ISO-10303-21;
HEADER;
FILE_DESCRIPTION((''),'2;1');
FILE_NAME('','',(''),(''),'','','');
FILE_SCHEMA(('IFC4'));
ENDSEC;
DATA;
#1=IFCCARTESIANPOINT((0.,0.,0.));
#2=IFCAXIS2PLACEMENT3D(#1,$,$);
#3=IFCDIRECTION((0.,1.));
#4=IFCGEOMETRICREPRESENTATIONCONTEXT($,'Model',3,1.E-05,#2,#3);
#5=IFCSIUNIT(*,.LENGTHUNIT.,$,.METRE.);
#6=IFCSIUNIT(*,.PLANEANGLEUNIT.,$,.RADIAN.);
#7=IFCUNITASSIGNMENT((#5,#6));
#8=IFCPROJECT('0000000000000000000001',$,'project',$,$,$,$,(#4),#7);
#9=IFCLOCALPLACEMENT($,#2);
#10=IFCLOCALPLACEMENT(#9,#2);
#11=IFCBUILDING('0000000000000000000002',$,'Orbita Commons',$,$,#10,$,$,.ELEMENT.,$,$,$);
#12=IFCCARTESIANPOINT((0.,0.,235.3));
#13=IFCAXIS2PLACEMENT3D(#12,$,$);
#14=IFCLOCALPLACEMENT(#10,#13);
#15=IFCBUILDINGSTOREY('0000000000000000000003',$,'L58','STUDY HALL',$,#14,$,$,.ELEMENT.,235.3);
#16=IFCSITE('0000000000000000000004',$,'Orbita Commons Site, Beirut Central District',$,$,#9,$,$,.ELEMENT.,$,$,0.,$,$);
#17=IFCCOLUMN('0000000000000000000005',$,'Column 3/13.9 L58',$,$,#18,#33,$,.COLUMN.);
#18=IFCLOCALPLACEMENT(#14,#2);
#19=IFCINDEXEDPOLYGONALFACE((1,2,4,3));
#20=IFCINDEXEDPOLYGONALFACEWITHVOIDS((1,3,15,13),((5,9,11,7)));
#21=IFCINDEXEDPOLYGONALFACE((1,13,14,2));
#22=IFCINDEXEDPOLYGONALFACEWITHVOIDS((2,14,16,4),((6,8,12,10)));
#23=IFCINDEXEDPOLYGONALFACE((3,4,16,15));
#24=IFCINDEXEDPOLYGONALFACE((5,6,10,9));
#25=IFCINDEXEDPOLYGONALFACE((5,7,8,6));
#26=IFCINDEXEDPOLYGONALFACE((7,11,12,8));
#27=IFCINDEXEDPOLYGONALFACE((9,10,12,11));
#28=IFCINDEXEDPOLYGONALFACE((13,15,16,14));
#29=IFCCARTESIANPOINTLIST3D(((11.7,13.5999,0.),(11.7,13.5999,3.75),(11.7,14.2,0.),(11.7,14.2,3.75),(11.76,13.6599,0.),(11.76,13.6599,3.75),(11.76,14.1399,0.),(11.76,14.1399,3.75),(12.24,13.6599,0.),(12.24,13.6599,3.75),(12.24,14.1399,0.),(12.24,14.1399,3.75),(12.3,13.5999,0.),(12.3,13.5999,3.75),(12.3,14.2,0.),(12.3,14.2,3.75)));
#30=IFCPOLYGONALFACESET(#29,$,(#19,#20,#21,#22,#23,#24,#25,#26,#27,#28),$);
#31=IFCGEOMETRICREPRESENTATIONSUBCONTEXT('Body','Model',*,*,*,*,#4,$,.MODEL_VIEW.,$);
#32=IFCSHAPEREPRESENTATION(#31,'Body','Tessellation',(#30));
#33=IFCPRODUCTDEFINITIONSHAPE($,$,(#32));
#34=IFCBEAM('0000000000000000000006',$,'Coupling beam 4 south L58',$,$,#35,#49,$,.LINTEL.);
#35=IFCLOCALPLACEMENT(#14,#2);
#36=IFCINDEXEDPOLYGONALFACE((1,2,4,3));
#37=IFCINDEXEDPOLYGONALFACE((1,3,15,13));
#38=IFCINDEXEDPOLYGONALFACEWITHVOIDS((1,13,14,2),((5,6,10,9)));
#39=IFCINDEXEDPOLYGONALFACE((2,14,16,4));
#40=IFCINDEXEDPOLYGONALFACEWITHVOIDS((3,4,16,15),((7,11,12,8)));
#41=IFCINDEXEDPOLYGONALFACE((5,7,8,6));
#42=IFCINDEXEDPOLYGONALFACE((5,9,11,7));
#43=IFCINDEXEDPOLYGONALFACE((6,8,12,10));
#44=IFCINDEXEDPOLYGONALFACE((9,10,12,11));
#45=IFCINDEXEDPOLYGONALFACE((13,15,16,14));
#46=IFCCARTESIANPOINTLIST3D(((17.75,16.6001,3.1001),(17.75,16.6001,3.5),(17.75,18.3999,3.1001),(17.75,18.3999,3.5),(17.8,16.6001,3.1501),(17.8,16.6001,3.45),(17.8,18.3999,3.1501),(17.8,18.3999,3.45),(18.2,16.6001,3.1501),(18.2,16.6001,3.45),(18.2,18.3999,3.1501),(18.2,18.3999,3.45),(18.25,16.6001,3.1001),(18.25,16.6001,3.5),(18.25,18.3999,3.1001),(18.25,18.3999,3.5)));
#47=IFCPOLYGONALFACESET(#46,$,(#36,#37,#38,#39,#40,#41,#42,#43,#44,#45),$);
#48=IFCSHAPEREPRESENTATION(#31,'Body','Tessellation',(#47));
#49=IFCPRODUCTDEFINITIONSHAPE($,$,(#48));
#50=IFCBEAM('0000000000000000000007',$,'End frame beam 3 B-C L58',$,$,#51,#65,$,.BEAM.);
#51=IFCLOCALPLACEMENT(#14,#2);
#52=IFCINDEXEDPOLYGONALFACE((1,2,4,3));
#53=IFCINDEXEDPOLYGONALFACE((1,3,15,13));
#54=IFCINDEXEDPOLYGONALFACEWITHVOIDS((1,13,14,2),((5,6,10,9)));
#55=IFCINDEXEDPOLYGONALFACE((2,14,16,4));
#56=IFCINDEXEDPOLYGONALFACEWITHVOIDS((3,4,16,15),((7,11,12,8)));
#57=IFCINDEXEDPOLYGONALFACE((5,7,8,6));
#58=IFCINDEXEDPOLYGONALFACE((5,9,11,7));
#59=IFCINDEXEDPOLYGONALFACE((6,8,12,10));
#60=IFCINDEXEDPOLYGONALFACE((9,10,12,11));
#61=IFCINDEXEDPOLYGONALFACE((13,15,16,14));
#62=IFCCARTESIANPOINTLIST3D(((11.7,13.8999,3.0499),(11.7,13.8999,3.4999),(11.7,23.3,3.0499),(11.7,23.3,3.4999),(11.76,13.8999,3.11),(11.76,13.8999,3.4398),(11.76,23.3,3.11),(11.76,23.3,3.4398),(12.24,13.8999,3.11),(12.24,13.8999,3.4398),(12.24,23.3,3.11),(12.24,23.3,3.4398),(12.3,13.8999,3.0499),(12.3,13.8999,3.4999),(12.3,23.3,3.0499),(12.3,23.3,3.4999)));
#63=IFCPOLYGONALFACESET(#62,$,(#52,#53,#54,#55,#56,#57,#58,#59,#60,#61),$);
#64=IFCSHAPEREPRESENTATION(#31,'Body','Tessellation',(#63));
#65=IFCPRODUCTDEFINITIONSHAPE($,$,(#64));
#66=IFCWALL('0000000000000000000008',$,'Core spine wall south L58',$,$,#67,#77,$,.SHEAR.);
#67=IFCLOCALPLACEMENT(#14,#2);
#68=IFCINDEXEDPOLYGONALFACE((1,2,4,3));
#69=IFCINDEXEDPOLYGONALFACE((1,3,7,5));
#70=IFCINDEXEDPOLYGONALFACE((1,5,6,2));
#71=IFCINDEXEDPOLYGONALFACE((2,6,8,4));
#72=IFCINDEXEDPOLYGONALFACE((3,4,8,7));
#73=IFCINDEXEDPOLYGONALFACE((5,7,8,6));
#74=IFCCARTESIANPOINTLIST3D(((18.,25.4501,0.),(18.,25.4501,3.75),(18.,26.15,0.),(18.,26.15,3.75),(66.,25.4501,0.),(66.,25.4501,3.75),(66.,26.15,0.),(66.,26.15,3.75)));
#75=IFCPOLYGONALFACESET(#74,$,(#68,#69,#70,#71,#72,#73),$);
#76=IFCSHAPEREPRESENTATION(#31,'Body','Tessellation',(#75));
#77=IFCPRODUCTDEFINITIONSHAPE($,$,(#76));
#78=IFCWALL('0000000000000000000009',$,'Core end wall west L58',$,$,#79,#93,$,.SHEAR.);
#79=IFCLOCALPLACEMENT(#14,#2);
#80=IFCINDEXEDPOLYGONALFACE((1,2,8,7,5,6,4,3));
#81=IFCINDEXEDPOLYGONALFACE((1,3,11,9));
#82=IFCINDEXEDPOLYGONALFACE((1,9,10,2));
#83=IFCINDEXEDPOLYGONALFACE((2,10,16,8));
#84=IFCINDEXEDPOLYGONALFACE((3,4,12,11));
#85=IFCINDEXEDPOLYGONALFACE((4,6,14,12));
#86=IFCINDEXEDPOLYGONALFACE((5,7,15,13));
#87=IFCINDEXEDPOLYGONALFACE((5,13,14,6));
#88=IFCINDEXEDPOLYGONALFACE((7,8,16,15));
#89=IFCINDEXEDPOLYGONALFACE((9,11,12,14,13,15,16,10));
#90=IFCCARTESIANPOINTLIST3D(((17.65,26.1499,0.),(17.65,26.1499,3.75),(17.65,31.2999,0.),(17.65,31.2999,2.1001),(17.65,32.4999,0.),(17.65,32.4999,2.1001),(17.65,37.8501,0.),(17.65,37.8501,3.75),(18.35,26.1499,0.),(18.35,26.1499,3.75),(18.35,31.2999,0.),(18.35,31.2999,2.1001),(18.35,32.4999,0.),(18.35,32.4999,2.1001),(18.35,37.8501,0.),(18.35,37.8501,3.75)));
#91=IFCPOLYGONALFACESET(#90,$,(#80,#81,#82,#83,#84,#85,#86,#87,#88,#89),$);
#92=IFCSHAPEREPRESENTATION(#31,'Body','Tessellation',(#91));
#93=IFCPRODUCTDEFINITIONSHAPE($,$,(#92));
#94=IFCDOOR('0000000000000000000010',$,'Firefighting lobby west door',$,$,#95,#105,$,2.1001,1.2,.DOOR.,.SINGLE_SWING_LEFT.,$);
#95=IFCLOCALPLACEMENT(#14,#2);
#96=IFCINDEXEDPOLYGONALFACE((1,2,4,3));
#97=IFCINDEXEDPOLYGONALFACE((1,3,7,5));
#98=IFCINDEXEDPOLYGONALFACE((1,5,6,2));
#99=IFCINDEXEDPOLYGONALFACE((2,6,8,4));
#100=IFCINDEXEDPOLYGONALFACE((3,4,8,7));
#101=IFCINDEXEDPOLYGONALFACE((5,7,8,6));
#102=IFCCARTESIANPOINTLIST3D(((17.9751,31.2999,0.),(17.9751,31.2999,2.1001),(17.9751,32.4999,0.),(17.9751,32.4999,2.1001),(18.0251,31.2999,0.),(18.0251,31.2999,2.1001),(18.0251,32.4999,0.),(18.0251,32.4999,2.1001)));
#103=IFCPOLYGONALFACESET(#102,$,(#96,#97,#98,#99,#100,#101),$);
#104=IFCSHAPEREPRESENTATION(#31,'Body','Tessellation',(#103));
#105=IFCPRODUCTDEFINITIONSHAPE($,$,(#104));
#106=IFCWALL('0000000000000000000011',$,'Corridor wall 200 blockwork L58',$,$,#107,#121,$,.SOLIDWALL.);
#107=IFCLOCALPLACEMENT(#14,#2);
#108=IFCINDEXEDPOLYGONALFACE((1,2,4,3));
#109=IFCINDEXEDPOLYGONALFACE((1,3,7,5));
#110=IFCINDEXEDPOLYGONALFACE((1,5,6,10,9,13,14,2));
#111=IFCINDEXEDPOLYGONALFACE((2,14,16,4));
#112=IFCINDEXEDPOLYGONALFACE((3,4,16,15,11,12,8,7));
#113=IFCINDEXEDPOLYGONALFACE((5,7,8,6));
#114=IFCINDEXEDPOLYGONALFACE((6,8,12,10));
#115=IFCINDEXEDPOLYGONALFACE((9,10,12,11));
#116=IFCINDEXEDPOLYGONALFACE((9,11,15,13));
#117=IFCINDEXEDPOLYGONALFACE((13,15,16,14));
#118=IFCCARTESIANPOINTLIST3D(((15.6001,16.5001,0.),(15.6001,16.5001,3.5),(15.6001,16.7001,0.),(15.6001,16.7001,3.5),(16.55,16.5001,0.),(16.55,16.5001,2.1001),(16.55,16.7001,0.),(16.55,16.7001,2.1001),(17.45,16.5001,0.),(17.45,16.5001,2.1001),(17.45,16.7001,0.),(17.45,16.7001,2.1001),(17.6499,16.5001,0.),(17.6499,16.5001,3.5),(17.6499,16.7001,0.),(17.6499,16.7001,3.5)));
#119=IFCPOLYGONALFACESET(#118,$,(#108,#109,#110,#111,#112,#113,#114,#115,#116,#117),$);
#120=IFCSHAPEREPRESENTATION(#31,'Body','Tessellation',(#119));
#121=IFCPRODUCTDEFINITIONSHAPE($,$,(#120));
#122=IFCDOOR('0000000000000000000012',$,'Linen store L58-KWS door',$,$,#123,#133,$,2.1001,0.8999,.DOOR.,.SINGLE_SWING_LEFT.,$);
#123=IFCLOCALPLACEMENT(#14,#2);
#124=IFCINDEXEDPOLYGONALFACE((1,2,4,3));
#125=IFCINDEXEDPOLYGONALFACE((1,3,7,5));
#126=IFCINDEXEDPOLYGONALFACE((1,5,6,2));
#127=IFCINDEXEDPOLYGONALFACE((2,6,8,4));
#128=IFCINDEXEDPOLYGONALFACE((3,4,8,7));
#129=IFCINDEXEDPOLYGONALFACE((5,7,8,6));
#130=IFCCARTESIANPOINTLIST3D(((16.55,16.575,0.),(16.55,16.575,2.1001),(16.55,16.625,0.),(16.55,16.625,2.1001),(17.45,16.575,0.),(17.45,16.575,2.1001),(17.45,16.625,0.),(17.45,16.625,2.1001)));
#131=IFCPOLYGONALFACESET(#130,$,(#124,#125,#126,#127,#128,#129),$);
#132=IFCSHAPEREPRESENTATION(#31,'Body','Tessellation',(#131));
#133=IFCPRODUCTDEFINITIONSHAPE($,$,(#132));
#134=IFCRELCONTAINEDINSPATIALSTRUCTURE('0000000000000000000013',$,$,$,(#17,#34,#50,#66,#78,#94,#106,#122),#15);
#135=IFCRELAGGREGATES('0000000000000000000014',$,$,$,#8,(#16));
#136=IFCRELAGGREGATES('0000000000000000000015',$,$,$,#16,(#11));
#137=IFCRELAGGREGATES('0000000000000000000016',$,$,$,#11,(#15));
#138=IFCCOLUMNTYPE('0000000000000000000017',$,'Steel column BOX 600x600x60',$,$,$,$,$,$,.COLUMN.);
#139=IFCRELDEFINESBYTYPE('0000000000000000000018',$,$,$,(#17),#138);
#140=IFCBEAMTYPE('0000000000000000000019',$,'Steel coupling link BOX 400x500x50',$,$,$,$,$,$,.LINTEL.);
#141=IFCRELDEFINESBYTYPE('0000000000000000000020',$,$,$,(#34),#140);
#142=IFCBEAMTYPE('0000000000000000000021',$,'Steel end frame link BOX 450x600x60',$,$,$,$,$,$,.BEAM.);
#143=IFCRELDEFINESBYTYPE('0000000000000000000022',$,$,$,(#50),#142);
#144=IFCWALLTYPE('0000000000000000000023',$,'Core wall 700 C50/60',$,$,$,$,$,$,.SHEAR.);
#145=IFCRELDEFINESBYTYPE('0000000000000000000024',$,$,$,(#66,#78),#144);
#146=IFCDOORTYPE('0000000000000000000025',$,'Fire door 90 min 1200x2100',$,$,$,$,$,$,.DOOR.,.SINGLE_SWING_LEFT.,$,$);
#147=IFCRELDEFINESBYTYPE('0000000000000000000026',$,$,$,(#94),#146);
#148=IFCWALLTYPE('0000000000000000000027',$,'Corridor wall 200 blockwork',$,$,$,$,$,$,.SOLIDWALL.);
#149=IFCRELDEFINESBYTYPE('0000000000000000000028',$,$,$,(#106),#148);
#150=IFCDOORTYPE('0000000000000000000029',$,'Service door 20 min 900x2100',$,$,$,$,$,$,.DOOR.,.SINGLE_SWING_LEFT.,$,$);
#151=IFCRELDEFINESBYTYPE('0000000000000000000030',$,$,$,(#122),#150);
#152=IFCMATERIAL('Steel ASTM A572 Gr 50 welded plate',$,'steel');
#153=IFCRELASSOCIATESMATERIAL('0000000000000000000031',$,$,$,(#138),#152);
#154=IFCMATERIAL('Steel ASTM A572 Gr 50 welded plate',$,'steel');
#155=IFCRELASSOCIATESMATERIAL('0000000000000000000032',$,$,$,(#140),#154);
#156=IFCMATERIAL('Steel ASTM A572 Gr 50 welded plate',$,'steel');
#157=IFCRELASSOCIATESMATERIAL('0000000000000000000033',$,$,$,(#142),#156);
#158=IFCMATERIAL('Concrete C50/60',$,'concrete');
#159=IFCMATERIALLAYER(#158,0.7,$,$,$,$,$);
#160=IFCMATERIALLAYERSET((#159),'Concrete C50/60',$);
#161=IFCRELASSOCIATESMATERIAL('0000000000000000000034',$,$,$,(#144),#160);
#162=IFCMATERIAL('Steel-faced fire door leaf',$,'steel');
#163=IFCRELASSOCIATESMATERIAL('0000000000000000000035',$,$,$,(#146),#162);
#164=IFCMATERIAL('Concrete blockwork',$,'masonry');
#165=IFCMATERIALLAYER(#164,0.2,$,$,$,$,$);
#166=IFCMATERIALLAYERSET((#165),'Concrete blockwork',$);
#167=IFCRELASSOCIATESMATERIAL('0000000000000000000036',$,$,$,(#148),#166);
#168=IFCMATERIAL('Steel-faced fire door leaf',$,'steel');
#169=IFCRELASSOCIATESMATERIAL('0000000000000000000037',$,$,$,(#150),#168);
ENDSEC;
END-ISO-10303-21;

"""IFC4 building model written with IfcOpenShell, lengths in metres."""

from ifc_helpers import new_model, si_unit, direction, frame, frame_2d, origin, origin_2d, place, context, subcontext, project, spatial, rectangle, hollow_rectangle, extrude, material, layer, layer_set, material_profile, profile_set, type_object, element, fill, save


model = new_model("IFC4")

# Units and contexts
model_context = context("Model", 3, precision=1e-05, world=origin(), true_north=direction((0.0, 1.0)))
body_context = subcontext(model_context, "Body", "Model", "MODEL_VIEW")
ifc_project = project(units=[si_unit("LENGTHUNIT", "METRE"), si_unit("PLANEANGLEUNIT", "RADIAN")], contexts=[model_context])

# Site, building, storey
site_placement = place(None, origin())
site = spatial("IfcSite", under=ifc_project, at=site_placement, Name="Orbita Commons Site, Beirut Central District", CompositionType="ELEMENT", RefElevation=0.0)
building_placement = place(site_placement, origin())
building = spatial("IfcBuilding", under=site, at=building_placement, Name="Orbita Commons", CompositionType="ELEMENT")
storey_placement = place(building_placement, frame((0.0, 0.0, 235.3)))
storey = spatial("IfcBuildingStorey", under=building, at=storey_placement, Name="L58", Description="STUDY HALL", CompositionType="ELEMENT", Elevation=235.3)

# Column
ifc_material_1 = material(Name="Steel ASTM A572 Gr 50 welded plate", Category="steel")
ifc_material_profile_1 = material_profile(ifc_material_1, hollow_rectangle(XDim=0.6001, YDim=0.6001, WallThickness=0.0601, at=origin_2d()), Name="BOX 600x600x60")
ifc_profile_set_1 = profile_set([ifc_material_profile_1], Name="Steel ASTM A572 Gr 50 welded plate")
column_type = type_object("IfcColumnType", Name="Steel column BOX 600x600x60", PredefinedType="COLUMN", material=ifc_profile_set_1)
column_placement = place(storey_placement, frame((12.0, 13.8999, 0.0), z_axis=(0.0, 0.0, 1.0), x_axis=(1.0, 0.0, 0.0)))
element("IfcColumn", 1, at=column_placement, inside=storey, type_object=column_type, Name="Column 3/13.9 L58", PredefinedType="COLUMN", context=body_context, shape_type="SweptSolid", body=[
    extrude(hollow_rectangle(XDim=0.6001, YDim=0.6001, WallThickness=0.0601, at=origin_2d()), origin(), (0.0, 0.0, 1.0), 3.75),
])

# Beams
ifc_material_2 = material(Name="Steel ASTM A572 Gr 50 welded plate", Category="steel")
ifc_material_profile_2 = material_profile(ifc_material_2, hollow_rectangle(XDim=0.5, YDim=0.3999, WallThickness=0.05, at=origin_2d()), Name="BOX 400x500x50")
ifc_profile_set_2 = profile_set([ifc_material_profile_2], Name="Steel ASTM A572 Gr 50 welded plate")
beam_type_1 = type_object("IfcBeamType", Name="Steel coupling link BOX 400x500x50", PredefinedType="LINTEL", material=ifc_profile_set_2)
beam_1_placement = place(storey_placement, frame((18.0, 16.6001, 3.3), z_axis=(0.0, 1.0, 0.0), x_axis=(-1.0, 0.0, 0.0)))
element("IfcBeam", 2, at=beam_1_placement, inside=storey, type_object=beam_type_1, Name="Coupling beam 4 south L58", PredefinedType="LINTEL", context=body_context, shape_type="SweptSolid", body=[
    extrude(hollow_rectangle(XDim=0.5, YDim=0.3999, WallThickness=0.05, at=origin_2d()), origin(), (0.0, 0.0, 1.0), 1.7998),
])
ifc_material_3 = material(Name="Steel ASTM A572 Gr 50 welded plate", Category="steel")
ifc_material_profile_3 = material_profile(ifc_material_3, hollow_rectangle(XDim=0.6001, YDim=0.45, WallThickness=0.0601, at=origin_2d()), Name="BOX 450x600x60")
ifc_profile_set_3 = profile_set([ifc_material_profile_3], Name="Steel ASTM A572 Gr 50 welded plate")
beam_type_2 = type_object("IfcBeamType", Name="Steel end frame link BOX 450x600x60", PredefinedType="BEAM", material=ifc_profile_set_3)
beam_2_placement = place(storey_placement, frame((12.0, 13.8999, 3.2749), z_axis=(0.0, 1.0, 0.0), x_axis=(-1.0, 0.0, 0.0)))
element("IfcBeam", 3, at=beam_2_placement, inside=storey, type_object=beam_type_2, Name="End frame beam 3 B-C L58", PredefinedType="BEAM", context=body_context, shape_type="SweptSolid", body=[
    extrude(hollow_rectangle(XDim=0.6001, YDim=0.45, WallThickness=0.0601, at=origin_2d()), origin(), (0.0, 0.0, 1.0), 9.4001),
])

# Wall
ifc_material_4 = material(Name="Concrete C50/60", Category="concrete")
ifc_layer_1 = layer(ifc_material_4, 0.7)
ifc_layer_set_1 = layer_set([ifc_layer_1], Name="Concrete C50/60")
wall_type_1 = type_object("IfcWallType", Name="Core wall 700 C50/60", PredefinedType="SHEAR", material=ifc_layer_set_1)
wall_1_placement = place(storey_placement, frame((18.0, 25.8, 0.0), z_axis=(0.0, 0.0, 1.0), x_axis=(1.0, 0.0, 0.0)))
element("IfcWall", 4, at=wall_1_placement, inside=storey, type_object=wall_type_1, Name="Core spine wall south L58", PredefinedType="SHEAR", context=body_context, shape_type="SweptSolid", body=[
    extrude(rectangle(XDim=48.0, YDim=0.7, at=frame_2d((24.0, 0.0))), origin(), (0.0, 0.0, 1.0), 3.75),
])

# Walls, openings, doors
wall_2_placement = place(storey_placement, frame((18.0, 26.1499, 0.0), z_axis=(0.0, 0.0, 1.0), x_axis=(0.0, 1.0, 0.0)))
wall_2 = element("IfcWall", 5, at=wall_2_placement, inside=storey, type_object=wall_type_1, Name="Core end wall west L58", PredefinedType="SHEAR", context=body_context, shape_type="SweptSolid", body=[
    extrude(rectangle(XDim=11.7002, YDim=0.7, at=frame_2d((5.8501, 0.0))), origin(), (0.0, 0.0, 1.0), 3.75),
])
opening_1_placement = place(wall_2_placement, frame((5.1499, 0.0, 0.0)))
opening_1 = element("IfcOpeningElement", 6, at=opening_1_placement, cuts=wall_2, PredefinedType="OPENING", context=body_context, shape_type="SweptSolid", body=[
    extrude(rectangle(XDim=1.2, YDim=2.1001, at=frame_2d((0.6001, 1.05))), frame((0.0, 0.3599, 0.0), z_axis=(0.0, -1.0, 0.0), x_axis=(1.0, 0.0, 0.0)), (0.0, 0.0, 1.0), 0.72),
])
ifc_material_5 = material(Name="Steel-faced fire door leaf", Category="steel")
door_type_1 = type_object("IfcDoorType", Name="Fire door 90 min 1200x2100", OperationType="SINGLE_SWING_LEFT", PredefinedType="DOOR", material=ifc_material_5)
door_1_placement = place(opening_1_placement, origin())
door_1 = element("IfcDoor", 7, at=door_1_placement, inside=storey, type_object=door_type_1, Name="Firefighting lobby west door", OperationType="SINGLE_SWING_LEFT", OverallHeight=2.1001, OverallWidth=1.2, PredefinedType="DOOR", context=body_context, shape_type="SweptSolid", body=[
    extrude(rectangle(XDim=1.2, YDim=2.1001, at=frame_2d((0.6001, 1.05))), frame((0.0, 0.0249, 0.0), z_axis=(0.0, -1.0, 0.0), x_axis=(1.0, 0.0, 0.0)), (0.0, 0.0, 1.0), 0.05),
])
fill(opening_1, door_1)
ifc_material_6 = material(Name="Concrete blockwork", Category="masonry")
ifc_layer_2 = layer(ifc_material_6, 0.2)
ifc_layer_set_2 = layer_set([ifc_layer_2], Name="Concrete blockwork")
wall_type_2 = type_object("IfcWallType", Name="Corridor wall 200 blockwork", PredefinedType="SOLIDWALL", material=ifc_layer_set_2)
wall_3_placement = place(storey_placement, frame((15.6001, 16.6001, 0.0), z_axis=(0.0, 0.0, 1.0), x_axis=(1.0, 0.0, 0.0)))
wall_3 = element("IfcWall", 8, at=wall_3_placement, inside=storey, type_object=wall_type_2, Name="Corridor wall 200 blockwork L58", PredefinedType="SOLIDWALL", context=body_context, shape_type="SweptSolid", body=[
    extrude(rectangle(XDim=2.0498, YDim=0.2, at=frame_2d((1.0249, 0.0))), origin(), (0.0, 0.0, 1.0), 3.5),
])
opening_2_placement = place(wall_3_placement, frame((0.95, 0.0, 0.0)))
opening_2 = element("IfcOpeningElement", 9, at=opening_2_placement, cuts=wall_3, PredefinedType="OPENING", context=body_context, shape_type="SweptSolid", body=[
    extrude(rectangle(XDim=0.8999, YDim=2.1001, at=frame_2d((0.45, 1.05))), frame((0.0, 0.1099, 0.0), z_axis=(0.0, -1.0, 0.0), x_axis=(1.0, 0.0, 0.0)), (0.0, 0.0, 1.0), 0.22),
])
ifc_material_7 = material(Name="Steel-faced fire door leaf", Category="steel")
door_type_2 = type_object("IfcDoorType", Name="Service door 20 min 900x2100", OperationType="SINGLE_SWING_LEFT", PredefinedType="DOOR", material=ifc_material_7)
door_2_placement = place(opening_2_placement, origin())
door_2 = element("IfcDoor", 10, at=door_2_placement, inside=storey, type_object=door_type_2, Name="Linen store L58-KWS door", OperationType="SINGLE_SWING_LEFT", OverallHeight=2.1001, OverallWidth=0.8999, PredefinedType="DOOR", context=body_context, shape_type="SweptSolid", body=[
    extrude(rectangle(XDim=0.8999, YDim=2.1001, at=frame_2d((0.45, 1.05))), frame((0.0, 0.0249, 0.0), z_axis=(0.0, -1.0, 0.0), x_axis=(1.0, 0.0, 0.0)), (0.0, 0.0, 1.0), 0.05),
])
fill(opening_2, door_2)

save(model, "model.ifc")
